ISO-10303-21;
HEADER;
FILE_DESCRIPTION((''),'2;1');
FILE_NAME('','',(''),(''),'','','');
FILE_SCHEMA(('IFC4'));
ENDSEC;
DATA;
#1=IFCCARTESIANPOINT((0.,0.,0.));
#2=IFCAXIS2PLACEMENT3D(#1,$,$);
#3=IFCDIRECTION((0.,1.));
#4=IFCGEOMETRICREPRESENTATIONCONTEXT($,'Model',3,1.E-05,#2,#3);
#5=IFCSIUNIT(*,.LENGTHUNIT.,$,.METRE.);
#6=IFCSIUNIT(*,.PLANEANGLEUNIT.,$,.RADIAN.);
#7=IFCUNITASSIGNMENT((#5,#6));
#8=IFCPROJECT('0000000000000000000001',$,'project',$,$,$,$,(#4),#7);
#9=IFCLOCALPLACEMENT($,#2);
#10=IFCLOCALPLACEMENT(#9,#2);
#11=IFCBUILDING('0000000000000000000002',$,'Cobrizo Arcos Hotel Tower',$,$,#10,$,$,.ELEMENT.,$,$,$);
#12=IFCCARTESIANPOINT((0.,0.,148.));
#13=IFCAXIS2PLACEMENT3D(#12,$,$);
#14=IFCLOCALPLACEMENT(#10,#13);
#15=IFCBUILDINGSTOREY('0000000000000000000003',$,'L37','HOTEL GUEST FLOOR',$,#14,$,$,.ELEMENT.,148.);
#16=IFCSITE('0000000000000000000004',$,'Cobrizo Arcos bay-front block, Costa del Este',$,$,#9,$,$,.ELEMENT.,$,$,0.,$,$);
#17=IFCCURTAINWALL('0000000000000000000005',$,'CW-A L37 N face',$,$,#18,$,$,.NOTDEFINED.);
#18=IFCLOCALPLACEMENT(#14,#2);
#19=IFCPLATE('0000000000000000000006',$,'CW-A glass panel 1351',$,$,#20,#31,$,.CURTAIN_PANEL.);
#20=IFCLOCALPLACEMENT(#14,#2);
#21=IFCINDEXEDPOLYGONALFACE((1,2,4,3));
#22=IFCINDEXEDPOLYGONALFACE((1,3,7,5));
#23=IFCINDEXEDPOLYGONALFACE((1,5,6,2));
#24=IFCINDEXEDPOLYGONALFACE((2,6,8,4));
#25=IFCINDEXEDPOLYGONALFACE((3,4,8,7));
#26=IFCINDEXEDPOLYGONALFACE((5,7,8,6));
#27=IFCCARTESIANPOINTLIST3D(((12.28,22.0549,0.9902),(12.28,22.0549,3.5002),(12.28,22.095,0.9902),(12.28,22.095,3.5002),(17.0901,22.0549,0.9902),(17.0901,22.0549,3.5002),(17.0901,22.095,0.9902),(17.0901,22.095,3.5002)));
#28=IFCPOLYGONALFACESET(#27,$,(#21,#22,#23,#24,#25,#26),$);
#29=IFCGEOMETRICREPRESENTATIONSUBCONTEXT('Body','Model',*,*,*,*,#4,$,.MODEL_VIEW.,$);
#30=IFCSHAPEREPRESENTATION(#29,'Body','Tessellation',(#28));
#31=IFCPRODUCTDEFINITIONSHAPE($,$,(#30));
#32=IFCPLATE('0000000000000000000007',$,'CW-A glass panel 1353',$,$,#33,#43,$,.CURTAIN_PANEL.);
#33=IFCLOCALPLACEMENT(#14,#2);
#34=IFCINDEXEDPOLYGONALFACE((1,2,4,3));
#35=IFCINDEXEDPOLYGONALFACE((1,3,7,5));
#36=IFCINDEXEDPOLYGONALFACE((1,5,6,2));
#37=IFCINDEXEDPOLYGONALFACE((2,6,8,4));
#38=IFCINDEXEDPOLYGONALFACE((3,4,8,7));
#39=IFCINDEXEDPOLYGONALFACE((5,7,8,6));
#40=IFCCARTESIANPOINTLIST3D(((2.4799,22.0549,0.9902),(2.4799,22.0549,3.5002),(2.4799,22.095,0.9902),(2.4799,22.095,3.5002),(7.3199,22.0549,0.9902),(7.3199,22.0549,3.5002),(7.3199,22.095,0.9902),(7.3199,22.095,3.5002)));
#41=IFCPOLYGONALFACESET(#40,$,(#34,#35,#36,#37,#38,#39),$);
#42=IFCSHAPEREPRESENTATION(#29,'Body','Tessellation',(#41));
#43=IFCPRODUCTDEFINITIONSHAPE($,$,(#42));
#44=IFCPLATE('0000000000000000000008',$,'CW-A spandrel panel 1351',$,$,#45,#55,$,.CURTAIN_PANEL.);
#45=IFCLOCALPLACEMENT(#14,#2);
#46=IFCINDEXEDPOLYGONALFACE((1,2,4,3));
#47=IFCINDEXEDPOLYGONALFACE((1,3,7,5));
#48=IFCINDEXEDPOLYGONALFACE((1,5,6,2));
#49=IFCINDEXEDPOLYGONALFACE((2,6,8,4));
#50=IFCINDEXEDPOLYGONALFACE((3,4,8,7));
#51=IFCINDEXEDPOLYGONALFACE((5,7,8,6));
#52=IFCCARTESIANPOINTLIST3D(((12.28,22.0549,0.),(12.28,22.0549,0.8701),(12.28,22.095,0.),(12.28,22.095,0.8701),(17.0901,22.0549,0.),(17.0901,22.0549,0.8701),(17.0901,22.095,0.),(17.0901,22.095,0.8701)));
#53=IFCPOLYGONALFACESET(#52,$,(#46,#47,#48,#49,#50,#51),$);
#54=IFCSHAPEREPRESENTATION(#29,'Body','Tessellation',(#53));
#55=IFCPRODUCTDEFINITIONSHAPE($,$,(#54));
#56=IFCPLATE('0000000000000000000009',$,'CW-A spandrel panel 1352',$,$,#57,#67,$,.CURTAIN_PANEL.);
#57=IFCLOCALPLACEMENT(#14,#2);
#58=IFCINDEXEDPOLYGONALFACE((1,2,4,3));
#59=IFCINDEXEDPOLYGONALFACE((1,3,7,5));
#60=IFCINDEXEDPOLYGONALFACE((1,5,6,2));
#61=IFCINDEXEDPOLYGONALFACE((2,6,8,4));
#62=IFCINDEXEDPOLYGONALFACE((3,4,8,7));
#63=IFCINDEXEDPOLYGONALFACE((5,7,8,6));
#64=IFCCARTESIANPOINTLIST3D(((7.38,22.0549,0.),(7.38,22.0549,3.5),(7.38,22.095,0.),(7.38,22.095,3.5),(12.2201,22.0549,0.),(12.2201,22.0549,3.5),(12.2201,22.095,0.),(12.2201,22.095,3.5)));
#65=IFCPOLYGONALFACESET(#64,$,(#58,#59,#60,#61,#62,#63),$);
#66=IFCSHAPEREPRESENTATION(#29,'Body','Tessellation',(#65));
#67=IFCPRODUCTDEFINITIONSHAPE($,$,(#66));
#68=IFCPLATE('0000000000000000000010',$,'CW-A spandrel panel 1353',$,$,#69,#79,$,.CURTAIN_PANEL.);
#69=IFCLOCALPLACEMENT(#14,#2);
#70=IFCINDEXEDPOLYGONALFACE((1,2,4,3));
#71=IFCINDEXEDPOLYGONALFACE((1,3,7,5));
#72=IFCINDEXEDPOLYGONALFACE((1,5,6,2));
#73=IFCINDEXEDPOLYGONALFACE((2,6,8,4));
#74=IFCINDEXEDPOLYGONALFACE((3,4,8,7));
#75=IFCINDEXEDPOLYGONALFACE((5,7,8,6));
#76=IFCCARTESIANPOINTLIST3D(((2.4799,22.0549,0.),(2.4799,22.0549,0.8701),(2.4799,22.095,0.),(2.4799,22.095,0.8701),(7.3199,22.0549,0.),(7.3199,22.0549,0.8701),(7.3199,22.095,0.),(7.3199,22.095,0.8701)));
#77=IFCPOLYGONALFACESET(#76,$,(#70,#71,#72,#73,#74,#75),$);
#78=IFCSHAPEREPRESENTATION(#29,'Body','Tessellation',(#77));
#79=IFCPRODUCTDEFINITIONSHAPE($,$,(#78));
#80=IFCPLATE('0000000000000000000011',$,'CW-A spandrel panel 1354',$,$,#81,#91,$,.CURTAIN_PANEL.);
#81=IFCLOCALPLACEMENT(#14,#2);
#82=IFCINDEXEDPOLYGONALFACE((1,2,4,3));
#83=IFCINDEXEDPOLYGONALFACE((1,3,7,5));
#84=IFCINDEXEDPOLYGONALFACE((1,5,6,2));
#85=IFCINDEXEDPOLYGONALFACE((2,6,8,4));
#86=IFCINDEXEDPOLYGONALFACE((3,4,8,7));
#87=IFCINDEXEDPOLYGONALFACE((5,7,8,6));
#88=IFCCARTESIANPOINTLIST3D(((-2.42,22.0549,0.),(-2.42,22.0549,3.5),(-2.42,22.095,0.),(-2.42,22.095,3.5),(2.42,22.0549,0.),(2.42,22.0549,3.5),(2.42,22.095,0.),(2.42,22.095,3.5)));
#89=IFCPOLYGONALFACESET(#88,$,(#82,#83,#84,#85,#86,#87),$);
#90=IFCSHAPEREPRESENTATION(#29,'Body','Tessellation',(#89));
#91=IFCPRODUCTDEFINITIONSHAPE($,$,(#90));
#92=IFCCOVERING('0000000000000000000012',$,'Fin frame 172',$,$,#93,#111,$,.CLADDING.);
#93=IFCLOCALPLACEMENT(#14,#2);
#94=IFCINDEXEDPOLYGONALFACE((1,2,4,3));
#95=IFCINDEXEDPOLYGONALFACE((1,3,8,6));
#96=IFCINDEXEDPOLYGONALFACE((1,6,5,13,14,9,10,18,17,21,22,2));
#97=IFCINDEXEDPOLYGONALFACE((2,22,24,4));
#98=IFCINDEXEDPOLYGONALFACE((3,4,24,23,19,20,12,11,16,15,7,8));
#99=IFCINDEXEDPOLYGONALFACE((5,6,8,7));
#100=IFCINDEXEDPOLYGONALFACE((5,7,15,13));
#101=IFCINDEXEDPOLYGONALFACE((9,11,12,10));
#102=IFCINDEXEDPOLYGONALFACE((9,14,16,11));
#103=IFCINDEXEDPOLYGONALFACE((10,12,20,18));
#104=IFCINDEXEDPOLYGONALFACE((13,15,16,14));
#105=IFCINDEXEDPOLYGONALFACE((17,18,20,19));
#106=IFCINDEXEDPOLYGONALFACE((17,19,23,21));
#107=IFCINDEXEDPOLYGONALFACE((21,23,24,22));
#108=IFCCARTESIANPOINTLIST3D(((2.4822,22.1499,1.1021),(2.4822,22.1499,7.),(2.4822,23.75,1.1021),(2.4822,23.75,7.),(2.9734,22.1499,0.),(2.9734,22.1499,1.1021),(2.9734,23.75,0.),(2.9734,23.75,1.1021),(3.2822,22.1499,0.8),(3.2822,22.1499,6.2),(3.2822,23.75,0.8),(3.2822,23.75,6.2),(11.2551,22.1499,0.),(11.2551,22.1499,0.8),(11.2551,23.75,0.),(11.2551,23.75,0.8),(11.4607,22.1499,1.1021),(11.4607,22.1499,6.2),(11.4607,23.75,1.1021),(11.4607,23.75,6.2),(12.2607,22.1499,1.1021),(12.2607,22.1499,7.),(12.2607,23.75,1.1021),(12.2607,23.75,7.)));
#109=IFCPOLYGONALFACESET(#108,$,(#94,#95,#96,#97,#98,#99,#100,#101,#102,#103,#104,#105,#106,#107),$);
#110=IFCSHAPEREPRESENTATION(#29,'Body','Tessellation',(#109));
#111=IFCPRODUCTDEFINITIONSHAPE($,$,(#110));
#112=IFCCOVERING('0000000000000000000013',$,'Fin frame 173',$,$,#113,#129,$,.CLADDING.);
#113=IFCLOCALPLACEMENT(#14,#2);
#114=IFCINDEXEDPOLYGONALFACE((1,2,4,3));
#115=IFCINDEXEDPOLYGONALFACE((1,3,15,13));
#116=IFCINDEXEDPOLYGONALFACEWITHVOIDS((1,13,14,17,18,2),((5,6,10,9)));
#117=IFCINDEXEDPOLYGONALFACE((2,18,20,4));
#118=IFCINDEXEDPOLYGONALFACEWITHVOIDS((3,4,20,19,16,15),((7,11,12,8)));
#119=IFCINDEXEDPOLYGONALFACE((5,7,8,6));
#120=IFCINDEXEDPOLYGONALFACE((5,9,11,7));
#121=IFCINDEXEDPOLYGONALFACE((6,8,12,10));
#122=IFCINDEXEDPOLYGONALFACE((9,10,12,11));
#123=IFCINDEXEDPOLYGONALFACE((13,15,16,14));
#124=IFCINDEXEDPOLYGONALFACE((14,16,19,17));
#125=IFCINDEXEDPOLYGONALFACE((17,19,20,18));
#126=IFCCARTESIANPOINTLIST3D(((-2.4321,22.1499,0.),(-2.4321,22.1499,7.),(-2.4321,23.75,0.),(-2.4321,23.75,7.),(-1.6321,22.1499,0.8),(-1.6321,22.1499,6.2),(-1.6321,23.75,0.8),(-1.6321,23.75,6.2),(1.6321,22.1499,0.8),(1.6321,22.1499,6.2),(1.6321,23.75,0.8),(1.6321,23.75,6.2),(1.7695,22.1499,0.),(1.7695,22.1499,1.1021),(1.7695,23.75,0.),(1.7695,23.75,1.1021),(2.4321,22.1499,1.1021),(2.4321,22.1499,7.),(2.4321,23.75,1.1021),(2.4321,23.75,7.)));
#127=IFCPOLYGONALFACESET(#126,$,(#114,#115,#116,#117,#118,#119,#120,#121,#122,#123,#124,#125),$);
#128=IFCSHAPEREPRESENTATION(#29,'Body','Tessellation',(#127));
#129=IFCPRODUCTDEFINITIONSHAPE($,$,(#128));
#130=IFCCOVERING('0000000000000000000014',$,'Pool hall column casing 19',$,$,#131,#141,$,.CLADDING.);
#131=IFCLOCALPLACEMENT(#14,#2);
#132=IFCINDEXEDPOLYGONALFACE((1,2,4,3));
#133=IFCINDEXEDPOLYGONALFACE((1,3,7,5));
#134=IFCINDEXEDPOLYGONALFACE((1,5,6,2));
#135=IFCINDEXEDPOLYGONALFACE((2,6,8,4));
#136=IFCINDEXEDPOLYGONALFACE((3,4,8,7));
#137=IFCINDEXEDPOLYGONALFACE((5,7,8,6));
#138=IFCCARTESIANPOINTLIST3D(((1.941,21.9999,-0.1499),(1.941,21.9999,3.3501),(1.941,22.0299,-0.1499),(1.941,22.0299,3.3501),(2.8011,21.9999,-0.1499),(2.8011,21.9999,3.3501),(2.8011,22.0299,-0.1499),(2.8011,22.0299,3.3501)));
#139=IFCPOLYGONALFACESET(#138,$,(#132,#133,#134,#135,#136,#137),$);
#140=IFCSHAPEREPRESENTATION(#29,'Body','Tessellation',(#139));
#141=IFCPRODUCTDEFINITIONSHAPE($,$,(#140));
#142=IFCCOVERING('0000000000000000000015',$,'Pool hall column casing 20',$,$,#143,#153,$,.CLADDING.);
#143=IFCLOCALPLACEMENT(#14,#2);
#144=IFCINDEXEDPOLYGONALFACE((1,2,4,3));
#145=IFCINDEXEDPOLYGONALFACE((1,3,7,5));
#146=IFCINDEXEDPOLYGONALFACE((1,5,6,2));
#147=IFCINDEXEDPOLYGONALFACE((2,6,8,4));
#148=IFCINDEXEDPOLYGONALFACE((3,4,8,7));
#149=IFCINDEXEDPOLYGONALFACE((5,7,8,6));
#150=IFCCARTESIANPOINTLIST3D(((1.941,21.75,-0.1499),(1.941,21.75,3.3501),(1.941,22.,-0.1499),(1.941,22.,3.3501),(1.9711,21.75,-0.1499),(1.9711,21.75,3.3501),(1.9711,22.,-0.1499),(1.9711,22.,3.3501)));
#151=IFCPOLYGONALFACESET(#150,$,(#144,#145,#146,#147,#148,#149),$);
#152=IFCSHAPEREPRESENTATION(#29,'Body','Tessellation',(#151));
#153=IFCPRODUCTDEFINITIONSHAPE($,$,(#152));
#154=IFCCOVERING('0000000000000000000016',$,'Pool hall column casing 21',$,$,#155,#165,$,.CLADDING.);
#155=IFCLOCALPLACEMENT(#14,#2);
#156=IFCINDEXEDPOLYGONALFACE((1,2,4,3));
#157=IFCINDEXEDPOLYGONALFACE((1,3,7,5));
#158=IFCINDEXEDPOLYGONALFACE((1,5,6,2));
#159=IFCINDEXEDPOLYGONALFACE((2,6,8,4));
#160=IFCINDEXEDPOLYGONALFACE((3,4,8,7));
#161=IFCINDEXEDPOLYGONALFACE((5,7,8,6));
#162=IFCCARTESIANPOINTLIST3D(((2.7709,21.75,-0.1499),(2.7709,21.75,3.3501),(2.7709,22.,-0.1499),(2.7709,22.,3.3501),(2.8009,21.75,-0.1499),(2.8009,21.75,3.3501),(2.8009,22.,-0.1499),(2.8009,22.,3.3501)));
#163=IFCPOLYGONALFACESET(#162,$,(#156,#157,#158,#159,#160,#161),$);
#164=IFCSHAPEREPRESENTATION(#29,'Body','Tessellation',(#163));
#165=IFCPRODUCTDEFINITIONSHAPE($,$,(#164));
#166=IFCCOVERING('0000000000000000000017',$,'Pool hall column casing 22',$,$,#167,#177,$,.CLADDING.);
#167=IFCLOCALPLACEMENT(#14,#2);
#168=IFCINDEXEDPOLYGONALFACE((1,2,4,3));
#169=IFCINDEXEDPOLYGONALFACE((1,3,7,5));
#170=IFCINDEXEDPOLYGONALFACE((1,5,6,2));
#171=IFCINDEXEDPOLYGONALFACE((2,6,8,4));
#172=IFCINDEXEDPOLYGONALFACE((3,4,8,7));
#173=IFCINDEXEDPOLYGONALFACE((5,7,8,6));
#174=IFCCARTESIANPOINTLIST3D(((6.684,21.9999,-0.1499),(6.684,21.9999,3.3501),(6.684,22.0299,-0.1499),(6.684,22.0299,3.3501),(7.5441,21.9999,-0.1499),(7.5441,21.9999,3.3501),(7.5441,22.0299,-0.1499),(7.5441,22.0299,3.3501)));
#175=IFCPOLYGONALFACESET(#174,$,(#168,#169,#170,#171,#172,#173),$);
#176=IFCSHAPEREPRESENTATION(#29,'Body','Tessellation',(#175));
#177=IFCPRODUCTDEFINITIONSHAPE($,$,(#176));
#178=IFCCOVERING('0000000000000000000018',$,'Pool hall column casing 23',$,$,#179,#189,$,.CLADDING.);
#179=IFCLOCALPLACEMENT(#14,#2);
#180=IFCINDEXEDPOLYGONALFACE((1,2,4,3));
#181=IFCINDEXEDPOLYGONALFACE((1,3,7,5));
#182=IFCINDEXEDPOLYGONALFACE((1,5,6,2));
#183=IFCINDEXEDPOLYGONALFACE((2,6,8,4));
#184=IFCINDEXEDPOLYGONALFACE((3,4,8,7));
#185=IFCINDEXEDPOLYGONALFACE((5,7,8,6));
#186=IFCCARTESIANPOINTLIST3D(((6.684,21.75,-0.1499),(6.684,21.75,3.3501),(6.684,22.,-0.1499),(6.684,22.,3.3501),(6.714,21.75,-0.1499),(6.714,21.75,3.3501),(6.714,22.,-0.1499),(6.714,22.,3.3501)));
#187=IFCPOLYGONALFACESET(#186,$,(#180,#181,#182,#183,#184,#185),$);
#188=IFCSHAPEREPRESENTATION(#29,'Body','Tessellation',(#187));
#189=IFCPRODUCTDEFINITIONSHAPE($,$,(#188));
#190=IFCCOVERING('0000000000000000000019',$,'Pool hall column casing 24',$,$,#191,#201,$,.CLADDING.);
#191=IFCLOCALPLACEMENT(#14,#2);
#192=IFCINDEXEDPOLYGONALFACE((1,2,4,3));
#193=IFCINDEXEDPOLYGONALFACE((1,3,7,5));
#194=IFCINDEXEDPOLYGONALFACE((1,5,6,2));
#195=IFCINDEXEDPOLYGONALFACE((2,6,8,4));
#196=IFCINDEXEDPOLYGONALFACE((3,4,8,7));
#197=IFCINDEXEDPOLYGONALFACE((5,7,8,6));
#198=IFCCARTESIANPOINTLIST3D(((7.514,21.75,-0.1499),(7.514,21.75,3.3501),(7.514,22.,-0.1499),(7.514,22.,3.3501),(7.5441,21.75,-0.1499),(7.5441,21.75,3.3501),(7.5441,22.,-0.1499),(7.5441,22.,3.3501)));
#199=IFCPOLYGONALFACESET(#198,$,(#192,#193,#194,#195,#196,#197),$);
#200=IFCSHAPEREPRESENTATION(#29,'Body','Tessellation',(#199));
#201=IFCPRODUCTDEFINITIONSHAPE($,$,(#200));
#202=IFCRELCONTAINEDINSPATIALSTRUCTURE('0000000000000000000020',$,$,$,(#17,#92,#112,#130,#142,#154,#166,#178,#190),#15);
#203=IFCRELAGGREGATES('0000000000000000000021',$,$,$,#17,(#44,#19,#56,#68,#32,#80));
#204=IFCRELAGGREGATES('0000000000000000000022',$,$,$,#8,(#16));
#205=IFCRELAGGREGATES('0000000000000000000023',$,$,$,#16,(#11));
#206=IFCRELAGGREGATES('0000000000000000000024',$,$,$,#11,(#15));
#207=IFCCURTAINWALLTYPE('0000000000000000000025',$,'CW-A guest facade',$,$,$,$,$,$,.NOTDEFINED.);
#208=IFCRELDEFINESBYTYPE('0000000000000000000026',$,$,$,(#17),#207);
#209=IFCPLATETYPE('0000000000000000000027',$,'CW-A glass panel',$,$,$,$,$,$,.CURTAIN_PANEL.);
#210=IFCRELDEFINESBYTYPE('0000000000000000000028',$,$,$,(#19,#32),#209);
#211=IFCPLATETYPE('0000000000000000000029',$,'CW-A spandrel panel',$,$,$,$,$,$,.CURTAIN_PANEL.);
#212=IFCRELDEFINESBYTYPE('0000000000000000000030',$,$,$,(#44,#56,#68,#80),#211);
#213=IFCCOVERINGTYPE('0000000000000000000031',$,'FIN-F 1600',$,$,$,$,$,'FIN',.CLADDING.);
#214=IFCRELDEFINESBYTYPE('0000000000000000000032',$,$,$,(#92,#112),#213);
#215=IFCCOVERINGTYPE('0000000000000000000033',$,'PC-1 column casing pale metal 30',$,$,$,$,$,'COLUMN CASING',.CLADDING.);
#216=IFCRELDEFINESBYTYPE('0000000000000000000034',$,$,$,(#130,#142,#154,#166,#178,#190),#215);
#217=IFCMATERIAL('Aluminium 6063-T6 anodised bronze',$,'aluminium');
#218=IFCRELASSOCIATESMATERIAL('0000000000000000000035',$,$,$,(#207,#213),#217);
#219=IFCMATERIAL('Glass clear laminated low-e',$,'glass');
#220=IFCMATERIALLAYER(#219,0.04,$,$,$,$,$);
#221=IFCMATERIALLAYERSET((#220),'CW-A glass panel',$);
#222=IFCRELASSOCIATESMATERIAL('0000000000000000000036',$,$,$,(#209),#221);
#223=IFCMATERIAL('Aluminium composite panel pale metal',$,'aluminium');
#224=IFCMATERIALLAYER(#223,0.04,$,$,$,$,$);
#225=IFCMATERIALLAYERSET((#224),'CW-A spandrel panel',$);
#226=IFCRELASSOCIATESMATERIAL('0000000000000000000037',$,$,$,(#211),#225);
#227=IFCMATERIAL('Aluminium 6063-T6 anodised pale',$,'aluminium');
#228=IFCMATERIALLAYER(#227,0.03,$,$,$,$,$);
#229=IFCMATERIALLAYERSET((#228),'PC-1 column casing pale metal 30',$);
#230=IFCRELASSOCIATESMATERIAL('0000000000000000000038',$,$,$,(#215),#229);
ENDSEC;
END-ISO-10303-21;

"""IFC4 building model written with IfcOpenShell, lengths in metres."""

from ifc_helpers import new_model, si_unit, direction, frame, origin, origin_2d, place, context, subcontext, project, spatial, polyline, rectangle, outline, extrude, material, layer, layer_set, type_object, element, aggregate, save


model = new_model("IFC4")

# Units and contexts
model_context = context("Model", 3, precision=1e-05, world=origin(), true_north=direction((0.0, 1.0)))
body_context = subcontext(model_context, "Body", "Model", "MODEL_VIEW")
ifc_project = project(units=[si_unit("LENGTHUNIT", "METRE"), si_unit("PLANEANGLEUNIT", "RADIAN")], contexts=[model_context])

# Site, building, storey
site_placement = place(None, origin())
site = spatial("IfcSite", under=ifc_project, at=site_placement, Name="Cobrizo Arcos bay-front block, Costa del Este", CompositionType="ELEMENT", RefElevation=0.0)
building_placement = place(site_placement, origin())
building = spatial("IfcBuilding", under=site, at=building_placement, Name="Cobrizo Arcos Hotel Tower", CompositionType="ELEMENT")
storey_placement = place(building_placement, frame((0.0, 0.0, 148.0)))
storey = spatial("IfcBuildingStorey", under=building, at=storey_placement, Name="L37", Description="HOTEL GUEST FLOOR", CompositionType="ELEMENT", Elevation=148.0)

# Curtain wall, plates
ifc_material_1 = material(Name="Aluminium 6063-T6 anodised bronze", Category="aluminium")
curtain_wall_type = type_object("IfcCurtainWallType", Name="CW-A guest facade", PredefinedType="NOTDEFINED", material=ifc_material_1)
curtain_wall_placement = place(storey_placement, origin())
curtain_wall = element("IfcCurtainWall", 1, at=curtain_wall_placement, inside=storey, type_object=curtain_wall_type, Name="CW-A L37 N face", PredefinedType="NOTDEFINED")
ifc_material_2 = material(Name="Glass clear laminated low-e", Category="glass")
ifc_layer_1 = layer(ifc_material_2, 0.04)
ifc_layer_set_1 = layer_set([ifc_layer_1], Name="CW-A glass panel")
plate_type_1 = type_object("IfcPlateType", Name="CW-A glass panel", PredefinedType="CURTAIN_PANEL", material=ifc_layer_set_1)
plate_1_placement = place(storey_placement, frame((14.6851, 22.075, 0.9902), z_axis=(0.0, 0.0, 1.0), x_axis=(-1.0, 0.0, 0.0)))
plate_1 = element("IfcPlate", 2, at=plate_1_placement, type_object=plate_type_1, Name="CW-A glass panel 1351", PredefinedType="CURTAIN_PANEL", context=body_context, shape_type="SweptSolid", body=[
    extrude(rectangle(XDim=4.8101, YDim=0.04, at=origin_2d()), origin(), (0.0, 0.0, 1.0), 2.51),
])
plate_2_placement = place(storey_placement, frame((4.8999, 22.075, 0.9902), z_axis=(0.0, 0.0, 1.0), x_axis=(-1.0, 0.0, 0.0)))
plate_2 = element("IfcPlate", 3, at=plate_2_placement, type_object=plate_type_1, Name="CW-A glass panel 1353", PredefinedType="CURTAIN_PANEL", context=body_context, shape_type="SweptSolid", body=[
    extrude(rectangle(XDim=4.8401, YDim=0.04, at=origin_2d()), origin(), (0.0, 0.0, 1.0), 2.51),
])
ifc_material_3 = material(Name="Aluminium composite panel pale metal", Category="aluminium")
ifc_layer_2 = layer(ifc_material_3, 0.04)
ifc_layer_set_2 = layer_set([ifc_layer_2], Name="CW-A spandrel panel")
plate_type_2 = type_object("IfcPlateType", Name="CW-A spandrel panel", PredefinedType="CURTAIN_PANEL", material=ifc_layer_set_2)
plate_3_placement = place(storey_placement, frame((14.6851, 22.075, 0.0), z_axis=(0.0, 0.0, 1.0), x_axis=(-1.0, 0.0, 0.0)))
plate_3 = element("IfcPlate", 4, at=plate_3_placement, type_object=plate_type_2, Name="CW-A spandrel panel 1351", PredefinedType="CURTAIN_PANEL", context=body_context, shape_type="SweptSolid", body=[
    extrude(rectangle(XDim=4.8101, YDim=0.04, at=origin_2d()), origin(), (0.0, 0.0, 1.0), 0.8701),
])
plate_4_placement = place(storey_placement, frame((9.8, 22.075, 0.0), z_axis=(0.0, 0.0, 1.0), x_axis=(-1.0, 0.0, 0.0)))
plate_4 = element("IfcPlate", 5, at=plate_4_placement, type_object=plate_type_2, Name="CW-A spandrel panel 1352", PredefinedType="CURTAIN_PANEL", context=body_context, shape_type="SweptSolid", body=[
    extrude(rectangle(XDim=4.8401, YDim=0.04, at=origin_2d()), origin(), (0.0, 0.0, 1.0), 3.5),
])
plate_5_placement = place(storey_placement, frame((4.8999, 22.075, 0.0), z_axis=(0.0, 0.0, 1.0), x_axis=(-1.0, 0.0, 0.0)))
plate_5 = element("IfcPlate", 6, at=plate_5_placement, type_object=plate_type_2, Name="CW-A spandrel panel 1353", PredefinedType="CURTAIN_PANEL", context=body_context, shape_type="SweptSolid", body=[
    extrude(rectangle(XDim=4.8401, YDim=0.04, at=origin_2d()), origin(), (0.0, 0.0, 1.0), 0.8701),
])
plate_6_placement = place(storey_placement, frame((0.0, 22.075, 0.0), z_axis=(0.0, 0.0, 1.0), x_axis=(-1.0, 0.0, 0.0)))
plate_6 = element("IfcPlate", 7, at=plate_6_placement, type_object=plate_type_2, Name="CW-A spandrel panel 1354", PredefinedType="CURTAIN_PANEL", context=body_context, shape_type="SweptSolid", body=[
    extrude(rectangle(XDim=4.8401, YDim=0.04, at=origin_2d()), origin(), (0.0, 0.0, 1.0), 3.5),
])
aggregate(curtain_wall, [plate_3, plate_1, plate_4, plate_5, plate_2, plate_6])

# Coverings
covering_type_1 = type_object("IfcCoveringType", Name="FIN-F 1600", ElementType="FIN", PredefinedType="CLADDING", material=ifc_material_1)
covering_1_placement = place(storey_placement, frame((12.2607, 22.1499, 0.0), z_axis=(0.0, 1.0, 0.0), x_axis=(-1.0, 0.0, 0.0)))
element("IfcCovering", 8, at=covering_1_placement, inside=storey, type_object=covering_type_1, Name="Fin frame 172", PredefinedType="CLADDING", context=body_context, shape_type="SweptSolid", body=[
    extrude(outline(polyline([(1.0056, 0.0), (9.2874, 0.0), (9.2874, 1.1021), (9.7786, 1.1021), (9.7786, 7.0), (0.0, 7.0), (0.0, 1.1021), (0.8, 1.1021), (0.8, 6.2), (8.9785, 6.2), (8.9785, 0.8), (1.0056, 0.8), (1.0056, 0.0)])), origin(), (0.0, 0.0, 1.0), 1.6001),
])
covering_2_placement = place(storey_placement, frame((2.4321, 22.1499, 0.0), z_axis=(0.0, 1.0, 0.0), x_axis=(-1.0, 0.0, 0.0)))
element("IfcCovering", 9, at=covering_2_placement, inside=storey, type_object=covering_type_1, Name="Fin frame 173", PredefinedType="CLADDING", context=body_context, shape_type="SweptSolid", body=[
    extrude(outline(polyline([(0.0, 7.0), (0.0, 1.1021), (0.6626, 1.1021), (0.6626, 0.0), (4.8643, 0.0), (4.8643, 7.0), (0.0, 7.0)]), holes=[polyline([(4.0642, 0.8), (0.8, 0.8), (0.8, 6.2), (4.0642, 6.2), (4.0642, 0.8)])]), origin(), (0.0, 0.0, 1.0), 1.6001),
])
ifc_material_4 = material(Name="Aluminium 6063-T6 anodised pale", Category="aluminium")
ifc_layer_3 = layer(ifc_material_4, 0.03)
ifc_layer_set_3 = layer_set([ifc_layer_3], Name="PC-1 column casing pale metal 30")
covering_type_2 = type_object("IfcCoveringType", Name="PC-1 column casing pale metal 30", ElementType="COLUMN CASING", PredefinedType="CLADDING", material=ifc_layer_set_3)
covering_3_placement = place(storey_placement, frame((2.3711, 22.0149, -0.1499), z_axis=(0.0, 0.0, 1.0), x_axis=(1.0, 0.0, 0.0)))
element("IfcCovering", 10, at=covering_3_placement, inside=storey, type_object=covering_type_2, Name="Pool hall column casing 19", PredefinedType="CLADDING", context=body_context, shape_type="SweptSolid", body=[
    extrude(rectangle(XDim=0.8601, YDim=0.03, at=origin_2d()), origin(), (0.0, 0.0, 1.0), 3.5),
])
for number, where, z_axis, x_axis, name in (
    (11, (1.9561, 21.875, -0.1499), (0.0, 0.0, 1.0), (1.0, 0.0, 0.0), "Pool hall column casing 20"),
    (12, (2.7859, 21.875, -0.1499), (0.0, 0.0, 1.0), (1.0, 0.0, 0.0), "Pool hall column casing 21"),
):
    element("IfcCovering", number, at=place(storey_placement, frame(where, z_axis=z_axis, x_axis=x_axis)), inside=storey, type_object=covering_type_2, Name=name, PredefinedType="CLADDING", context=body_context, shape_type="SweptSolid", body=[
        extrude(rectangle(XDim=0.03, YDim=0.25, at=origin_2d()), origin(), (0.0, 0.0, 1.0), 3.5),
    ])
covering_4_placement = place(storey_placement, frame((7.114, 22.0149, -0.1499), z_axis=(0.0, 0.0, 1.0), x_axis=(1.0, 0.0, 0.0)))
element("IfcCovering", 13, at=covering_4_placement, inside=storey, type_object=covering_type_2, Name="Pool hall column casing 22", PredefinedType="CLADDING", context=body_context, shape_type="SweptSolid", body=[
    extrude(rectangle(XDim=0.8601, YDim=0.03, at=origin_2d()), origin(), (0.0, 0.0, 1.0), 3.5),
])
for number, where, z_axis, x_axis, name in (
    (14, (6.699, 21.875, -0.1499), (0.0, 0.0, 1.0), (1.0, 0.0, 0.0), "Pool hall column casing 23"),
    (15, (7.5291, 21.875, -0.1499), (0.0, 0.0, 1.0), (1.0, 0.0, 0.0), "Pool hall column casing 24"),
):
    element("IfcCovering", number, at=place(storey_placement, frame(where, z_axis=z_axis, x_axis=x_axis)), inside=storey, type_object=covering_type_2, Name=name, PredefinedType="CLADDING", context=body_context, shape_type="SweptSolid", body=[
        extrude(rectangle(XDim=0.03, YDim=0.25, at=origin_2d()), origin(), (0.0, 0.0, 1.0), 3.5),
    ])

save(model, "model.ifc")
